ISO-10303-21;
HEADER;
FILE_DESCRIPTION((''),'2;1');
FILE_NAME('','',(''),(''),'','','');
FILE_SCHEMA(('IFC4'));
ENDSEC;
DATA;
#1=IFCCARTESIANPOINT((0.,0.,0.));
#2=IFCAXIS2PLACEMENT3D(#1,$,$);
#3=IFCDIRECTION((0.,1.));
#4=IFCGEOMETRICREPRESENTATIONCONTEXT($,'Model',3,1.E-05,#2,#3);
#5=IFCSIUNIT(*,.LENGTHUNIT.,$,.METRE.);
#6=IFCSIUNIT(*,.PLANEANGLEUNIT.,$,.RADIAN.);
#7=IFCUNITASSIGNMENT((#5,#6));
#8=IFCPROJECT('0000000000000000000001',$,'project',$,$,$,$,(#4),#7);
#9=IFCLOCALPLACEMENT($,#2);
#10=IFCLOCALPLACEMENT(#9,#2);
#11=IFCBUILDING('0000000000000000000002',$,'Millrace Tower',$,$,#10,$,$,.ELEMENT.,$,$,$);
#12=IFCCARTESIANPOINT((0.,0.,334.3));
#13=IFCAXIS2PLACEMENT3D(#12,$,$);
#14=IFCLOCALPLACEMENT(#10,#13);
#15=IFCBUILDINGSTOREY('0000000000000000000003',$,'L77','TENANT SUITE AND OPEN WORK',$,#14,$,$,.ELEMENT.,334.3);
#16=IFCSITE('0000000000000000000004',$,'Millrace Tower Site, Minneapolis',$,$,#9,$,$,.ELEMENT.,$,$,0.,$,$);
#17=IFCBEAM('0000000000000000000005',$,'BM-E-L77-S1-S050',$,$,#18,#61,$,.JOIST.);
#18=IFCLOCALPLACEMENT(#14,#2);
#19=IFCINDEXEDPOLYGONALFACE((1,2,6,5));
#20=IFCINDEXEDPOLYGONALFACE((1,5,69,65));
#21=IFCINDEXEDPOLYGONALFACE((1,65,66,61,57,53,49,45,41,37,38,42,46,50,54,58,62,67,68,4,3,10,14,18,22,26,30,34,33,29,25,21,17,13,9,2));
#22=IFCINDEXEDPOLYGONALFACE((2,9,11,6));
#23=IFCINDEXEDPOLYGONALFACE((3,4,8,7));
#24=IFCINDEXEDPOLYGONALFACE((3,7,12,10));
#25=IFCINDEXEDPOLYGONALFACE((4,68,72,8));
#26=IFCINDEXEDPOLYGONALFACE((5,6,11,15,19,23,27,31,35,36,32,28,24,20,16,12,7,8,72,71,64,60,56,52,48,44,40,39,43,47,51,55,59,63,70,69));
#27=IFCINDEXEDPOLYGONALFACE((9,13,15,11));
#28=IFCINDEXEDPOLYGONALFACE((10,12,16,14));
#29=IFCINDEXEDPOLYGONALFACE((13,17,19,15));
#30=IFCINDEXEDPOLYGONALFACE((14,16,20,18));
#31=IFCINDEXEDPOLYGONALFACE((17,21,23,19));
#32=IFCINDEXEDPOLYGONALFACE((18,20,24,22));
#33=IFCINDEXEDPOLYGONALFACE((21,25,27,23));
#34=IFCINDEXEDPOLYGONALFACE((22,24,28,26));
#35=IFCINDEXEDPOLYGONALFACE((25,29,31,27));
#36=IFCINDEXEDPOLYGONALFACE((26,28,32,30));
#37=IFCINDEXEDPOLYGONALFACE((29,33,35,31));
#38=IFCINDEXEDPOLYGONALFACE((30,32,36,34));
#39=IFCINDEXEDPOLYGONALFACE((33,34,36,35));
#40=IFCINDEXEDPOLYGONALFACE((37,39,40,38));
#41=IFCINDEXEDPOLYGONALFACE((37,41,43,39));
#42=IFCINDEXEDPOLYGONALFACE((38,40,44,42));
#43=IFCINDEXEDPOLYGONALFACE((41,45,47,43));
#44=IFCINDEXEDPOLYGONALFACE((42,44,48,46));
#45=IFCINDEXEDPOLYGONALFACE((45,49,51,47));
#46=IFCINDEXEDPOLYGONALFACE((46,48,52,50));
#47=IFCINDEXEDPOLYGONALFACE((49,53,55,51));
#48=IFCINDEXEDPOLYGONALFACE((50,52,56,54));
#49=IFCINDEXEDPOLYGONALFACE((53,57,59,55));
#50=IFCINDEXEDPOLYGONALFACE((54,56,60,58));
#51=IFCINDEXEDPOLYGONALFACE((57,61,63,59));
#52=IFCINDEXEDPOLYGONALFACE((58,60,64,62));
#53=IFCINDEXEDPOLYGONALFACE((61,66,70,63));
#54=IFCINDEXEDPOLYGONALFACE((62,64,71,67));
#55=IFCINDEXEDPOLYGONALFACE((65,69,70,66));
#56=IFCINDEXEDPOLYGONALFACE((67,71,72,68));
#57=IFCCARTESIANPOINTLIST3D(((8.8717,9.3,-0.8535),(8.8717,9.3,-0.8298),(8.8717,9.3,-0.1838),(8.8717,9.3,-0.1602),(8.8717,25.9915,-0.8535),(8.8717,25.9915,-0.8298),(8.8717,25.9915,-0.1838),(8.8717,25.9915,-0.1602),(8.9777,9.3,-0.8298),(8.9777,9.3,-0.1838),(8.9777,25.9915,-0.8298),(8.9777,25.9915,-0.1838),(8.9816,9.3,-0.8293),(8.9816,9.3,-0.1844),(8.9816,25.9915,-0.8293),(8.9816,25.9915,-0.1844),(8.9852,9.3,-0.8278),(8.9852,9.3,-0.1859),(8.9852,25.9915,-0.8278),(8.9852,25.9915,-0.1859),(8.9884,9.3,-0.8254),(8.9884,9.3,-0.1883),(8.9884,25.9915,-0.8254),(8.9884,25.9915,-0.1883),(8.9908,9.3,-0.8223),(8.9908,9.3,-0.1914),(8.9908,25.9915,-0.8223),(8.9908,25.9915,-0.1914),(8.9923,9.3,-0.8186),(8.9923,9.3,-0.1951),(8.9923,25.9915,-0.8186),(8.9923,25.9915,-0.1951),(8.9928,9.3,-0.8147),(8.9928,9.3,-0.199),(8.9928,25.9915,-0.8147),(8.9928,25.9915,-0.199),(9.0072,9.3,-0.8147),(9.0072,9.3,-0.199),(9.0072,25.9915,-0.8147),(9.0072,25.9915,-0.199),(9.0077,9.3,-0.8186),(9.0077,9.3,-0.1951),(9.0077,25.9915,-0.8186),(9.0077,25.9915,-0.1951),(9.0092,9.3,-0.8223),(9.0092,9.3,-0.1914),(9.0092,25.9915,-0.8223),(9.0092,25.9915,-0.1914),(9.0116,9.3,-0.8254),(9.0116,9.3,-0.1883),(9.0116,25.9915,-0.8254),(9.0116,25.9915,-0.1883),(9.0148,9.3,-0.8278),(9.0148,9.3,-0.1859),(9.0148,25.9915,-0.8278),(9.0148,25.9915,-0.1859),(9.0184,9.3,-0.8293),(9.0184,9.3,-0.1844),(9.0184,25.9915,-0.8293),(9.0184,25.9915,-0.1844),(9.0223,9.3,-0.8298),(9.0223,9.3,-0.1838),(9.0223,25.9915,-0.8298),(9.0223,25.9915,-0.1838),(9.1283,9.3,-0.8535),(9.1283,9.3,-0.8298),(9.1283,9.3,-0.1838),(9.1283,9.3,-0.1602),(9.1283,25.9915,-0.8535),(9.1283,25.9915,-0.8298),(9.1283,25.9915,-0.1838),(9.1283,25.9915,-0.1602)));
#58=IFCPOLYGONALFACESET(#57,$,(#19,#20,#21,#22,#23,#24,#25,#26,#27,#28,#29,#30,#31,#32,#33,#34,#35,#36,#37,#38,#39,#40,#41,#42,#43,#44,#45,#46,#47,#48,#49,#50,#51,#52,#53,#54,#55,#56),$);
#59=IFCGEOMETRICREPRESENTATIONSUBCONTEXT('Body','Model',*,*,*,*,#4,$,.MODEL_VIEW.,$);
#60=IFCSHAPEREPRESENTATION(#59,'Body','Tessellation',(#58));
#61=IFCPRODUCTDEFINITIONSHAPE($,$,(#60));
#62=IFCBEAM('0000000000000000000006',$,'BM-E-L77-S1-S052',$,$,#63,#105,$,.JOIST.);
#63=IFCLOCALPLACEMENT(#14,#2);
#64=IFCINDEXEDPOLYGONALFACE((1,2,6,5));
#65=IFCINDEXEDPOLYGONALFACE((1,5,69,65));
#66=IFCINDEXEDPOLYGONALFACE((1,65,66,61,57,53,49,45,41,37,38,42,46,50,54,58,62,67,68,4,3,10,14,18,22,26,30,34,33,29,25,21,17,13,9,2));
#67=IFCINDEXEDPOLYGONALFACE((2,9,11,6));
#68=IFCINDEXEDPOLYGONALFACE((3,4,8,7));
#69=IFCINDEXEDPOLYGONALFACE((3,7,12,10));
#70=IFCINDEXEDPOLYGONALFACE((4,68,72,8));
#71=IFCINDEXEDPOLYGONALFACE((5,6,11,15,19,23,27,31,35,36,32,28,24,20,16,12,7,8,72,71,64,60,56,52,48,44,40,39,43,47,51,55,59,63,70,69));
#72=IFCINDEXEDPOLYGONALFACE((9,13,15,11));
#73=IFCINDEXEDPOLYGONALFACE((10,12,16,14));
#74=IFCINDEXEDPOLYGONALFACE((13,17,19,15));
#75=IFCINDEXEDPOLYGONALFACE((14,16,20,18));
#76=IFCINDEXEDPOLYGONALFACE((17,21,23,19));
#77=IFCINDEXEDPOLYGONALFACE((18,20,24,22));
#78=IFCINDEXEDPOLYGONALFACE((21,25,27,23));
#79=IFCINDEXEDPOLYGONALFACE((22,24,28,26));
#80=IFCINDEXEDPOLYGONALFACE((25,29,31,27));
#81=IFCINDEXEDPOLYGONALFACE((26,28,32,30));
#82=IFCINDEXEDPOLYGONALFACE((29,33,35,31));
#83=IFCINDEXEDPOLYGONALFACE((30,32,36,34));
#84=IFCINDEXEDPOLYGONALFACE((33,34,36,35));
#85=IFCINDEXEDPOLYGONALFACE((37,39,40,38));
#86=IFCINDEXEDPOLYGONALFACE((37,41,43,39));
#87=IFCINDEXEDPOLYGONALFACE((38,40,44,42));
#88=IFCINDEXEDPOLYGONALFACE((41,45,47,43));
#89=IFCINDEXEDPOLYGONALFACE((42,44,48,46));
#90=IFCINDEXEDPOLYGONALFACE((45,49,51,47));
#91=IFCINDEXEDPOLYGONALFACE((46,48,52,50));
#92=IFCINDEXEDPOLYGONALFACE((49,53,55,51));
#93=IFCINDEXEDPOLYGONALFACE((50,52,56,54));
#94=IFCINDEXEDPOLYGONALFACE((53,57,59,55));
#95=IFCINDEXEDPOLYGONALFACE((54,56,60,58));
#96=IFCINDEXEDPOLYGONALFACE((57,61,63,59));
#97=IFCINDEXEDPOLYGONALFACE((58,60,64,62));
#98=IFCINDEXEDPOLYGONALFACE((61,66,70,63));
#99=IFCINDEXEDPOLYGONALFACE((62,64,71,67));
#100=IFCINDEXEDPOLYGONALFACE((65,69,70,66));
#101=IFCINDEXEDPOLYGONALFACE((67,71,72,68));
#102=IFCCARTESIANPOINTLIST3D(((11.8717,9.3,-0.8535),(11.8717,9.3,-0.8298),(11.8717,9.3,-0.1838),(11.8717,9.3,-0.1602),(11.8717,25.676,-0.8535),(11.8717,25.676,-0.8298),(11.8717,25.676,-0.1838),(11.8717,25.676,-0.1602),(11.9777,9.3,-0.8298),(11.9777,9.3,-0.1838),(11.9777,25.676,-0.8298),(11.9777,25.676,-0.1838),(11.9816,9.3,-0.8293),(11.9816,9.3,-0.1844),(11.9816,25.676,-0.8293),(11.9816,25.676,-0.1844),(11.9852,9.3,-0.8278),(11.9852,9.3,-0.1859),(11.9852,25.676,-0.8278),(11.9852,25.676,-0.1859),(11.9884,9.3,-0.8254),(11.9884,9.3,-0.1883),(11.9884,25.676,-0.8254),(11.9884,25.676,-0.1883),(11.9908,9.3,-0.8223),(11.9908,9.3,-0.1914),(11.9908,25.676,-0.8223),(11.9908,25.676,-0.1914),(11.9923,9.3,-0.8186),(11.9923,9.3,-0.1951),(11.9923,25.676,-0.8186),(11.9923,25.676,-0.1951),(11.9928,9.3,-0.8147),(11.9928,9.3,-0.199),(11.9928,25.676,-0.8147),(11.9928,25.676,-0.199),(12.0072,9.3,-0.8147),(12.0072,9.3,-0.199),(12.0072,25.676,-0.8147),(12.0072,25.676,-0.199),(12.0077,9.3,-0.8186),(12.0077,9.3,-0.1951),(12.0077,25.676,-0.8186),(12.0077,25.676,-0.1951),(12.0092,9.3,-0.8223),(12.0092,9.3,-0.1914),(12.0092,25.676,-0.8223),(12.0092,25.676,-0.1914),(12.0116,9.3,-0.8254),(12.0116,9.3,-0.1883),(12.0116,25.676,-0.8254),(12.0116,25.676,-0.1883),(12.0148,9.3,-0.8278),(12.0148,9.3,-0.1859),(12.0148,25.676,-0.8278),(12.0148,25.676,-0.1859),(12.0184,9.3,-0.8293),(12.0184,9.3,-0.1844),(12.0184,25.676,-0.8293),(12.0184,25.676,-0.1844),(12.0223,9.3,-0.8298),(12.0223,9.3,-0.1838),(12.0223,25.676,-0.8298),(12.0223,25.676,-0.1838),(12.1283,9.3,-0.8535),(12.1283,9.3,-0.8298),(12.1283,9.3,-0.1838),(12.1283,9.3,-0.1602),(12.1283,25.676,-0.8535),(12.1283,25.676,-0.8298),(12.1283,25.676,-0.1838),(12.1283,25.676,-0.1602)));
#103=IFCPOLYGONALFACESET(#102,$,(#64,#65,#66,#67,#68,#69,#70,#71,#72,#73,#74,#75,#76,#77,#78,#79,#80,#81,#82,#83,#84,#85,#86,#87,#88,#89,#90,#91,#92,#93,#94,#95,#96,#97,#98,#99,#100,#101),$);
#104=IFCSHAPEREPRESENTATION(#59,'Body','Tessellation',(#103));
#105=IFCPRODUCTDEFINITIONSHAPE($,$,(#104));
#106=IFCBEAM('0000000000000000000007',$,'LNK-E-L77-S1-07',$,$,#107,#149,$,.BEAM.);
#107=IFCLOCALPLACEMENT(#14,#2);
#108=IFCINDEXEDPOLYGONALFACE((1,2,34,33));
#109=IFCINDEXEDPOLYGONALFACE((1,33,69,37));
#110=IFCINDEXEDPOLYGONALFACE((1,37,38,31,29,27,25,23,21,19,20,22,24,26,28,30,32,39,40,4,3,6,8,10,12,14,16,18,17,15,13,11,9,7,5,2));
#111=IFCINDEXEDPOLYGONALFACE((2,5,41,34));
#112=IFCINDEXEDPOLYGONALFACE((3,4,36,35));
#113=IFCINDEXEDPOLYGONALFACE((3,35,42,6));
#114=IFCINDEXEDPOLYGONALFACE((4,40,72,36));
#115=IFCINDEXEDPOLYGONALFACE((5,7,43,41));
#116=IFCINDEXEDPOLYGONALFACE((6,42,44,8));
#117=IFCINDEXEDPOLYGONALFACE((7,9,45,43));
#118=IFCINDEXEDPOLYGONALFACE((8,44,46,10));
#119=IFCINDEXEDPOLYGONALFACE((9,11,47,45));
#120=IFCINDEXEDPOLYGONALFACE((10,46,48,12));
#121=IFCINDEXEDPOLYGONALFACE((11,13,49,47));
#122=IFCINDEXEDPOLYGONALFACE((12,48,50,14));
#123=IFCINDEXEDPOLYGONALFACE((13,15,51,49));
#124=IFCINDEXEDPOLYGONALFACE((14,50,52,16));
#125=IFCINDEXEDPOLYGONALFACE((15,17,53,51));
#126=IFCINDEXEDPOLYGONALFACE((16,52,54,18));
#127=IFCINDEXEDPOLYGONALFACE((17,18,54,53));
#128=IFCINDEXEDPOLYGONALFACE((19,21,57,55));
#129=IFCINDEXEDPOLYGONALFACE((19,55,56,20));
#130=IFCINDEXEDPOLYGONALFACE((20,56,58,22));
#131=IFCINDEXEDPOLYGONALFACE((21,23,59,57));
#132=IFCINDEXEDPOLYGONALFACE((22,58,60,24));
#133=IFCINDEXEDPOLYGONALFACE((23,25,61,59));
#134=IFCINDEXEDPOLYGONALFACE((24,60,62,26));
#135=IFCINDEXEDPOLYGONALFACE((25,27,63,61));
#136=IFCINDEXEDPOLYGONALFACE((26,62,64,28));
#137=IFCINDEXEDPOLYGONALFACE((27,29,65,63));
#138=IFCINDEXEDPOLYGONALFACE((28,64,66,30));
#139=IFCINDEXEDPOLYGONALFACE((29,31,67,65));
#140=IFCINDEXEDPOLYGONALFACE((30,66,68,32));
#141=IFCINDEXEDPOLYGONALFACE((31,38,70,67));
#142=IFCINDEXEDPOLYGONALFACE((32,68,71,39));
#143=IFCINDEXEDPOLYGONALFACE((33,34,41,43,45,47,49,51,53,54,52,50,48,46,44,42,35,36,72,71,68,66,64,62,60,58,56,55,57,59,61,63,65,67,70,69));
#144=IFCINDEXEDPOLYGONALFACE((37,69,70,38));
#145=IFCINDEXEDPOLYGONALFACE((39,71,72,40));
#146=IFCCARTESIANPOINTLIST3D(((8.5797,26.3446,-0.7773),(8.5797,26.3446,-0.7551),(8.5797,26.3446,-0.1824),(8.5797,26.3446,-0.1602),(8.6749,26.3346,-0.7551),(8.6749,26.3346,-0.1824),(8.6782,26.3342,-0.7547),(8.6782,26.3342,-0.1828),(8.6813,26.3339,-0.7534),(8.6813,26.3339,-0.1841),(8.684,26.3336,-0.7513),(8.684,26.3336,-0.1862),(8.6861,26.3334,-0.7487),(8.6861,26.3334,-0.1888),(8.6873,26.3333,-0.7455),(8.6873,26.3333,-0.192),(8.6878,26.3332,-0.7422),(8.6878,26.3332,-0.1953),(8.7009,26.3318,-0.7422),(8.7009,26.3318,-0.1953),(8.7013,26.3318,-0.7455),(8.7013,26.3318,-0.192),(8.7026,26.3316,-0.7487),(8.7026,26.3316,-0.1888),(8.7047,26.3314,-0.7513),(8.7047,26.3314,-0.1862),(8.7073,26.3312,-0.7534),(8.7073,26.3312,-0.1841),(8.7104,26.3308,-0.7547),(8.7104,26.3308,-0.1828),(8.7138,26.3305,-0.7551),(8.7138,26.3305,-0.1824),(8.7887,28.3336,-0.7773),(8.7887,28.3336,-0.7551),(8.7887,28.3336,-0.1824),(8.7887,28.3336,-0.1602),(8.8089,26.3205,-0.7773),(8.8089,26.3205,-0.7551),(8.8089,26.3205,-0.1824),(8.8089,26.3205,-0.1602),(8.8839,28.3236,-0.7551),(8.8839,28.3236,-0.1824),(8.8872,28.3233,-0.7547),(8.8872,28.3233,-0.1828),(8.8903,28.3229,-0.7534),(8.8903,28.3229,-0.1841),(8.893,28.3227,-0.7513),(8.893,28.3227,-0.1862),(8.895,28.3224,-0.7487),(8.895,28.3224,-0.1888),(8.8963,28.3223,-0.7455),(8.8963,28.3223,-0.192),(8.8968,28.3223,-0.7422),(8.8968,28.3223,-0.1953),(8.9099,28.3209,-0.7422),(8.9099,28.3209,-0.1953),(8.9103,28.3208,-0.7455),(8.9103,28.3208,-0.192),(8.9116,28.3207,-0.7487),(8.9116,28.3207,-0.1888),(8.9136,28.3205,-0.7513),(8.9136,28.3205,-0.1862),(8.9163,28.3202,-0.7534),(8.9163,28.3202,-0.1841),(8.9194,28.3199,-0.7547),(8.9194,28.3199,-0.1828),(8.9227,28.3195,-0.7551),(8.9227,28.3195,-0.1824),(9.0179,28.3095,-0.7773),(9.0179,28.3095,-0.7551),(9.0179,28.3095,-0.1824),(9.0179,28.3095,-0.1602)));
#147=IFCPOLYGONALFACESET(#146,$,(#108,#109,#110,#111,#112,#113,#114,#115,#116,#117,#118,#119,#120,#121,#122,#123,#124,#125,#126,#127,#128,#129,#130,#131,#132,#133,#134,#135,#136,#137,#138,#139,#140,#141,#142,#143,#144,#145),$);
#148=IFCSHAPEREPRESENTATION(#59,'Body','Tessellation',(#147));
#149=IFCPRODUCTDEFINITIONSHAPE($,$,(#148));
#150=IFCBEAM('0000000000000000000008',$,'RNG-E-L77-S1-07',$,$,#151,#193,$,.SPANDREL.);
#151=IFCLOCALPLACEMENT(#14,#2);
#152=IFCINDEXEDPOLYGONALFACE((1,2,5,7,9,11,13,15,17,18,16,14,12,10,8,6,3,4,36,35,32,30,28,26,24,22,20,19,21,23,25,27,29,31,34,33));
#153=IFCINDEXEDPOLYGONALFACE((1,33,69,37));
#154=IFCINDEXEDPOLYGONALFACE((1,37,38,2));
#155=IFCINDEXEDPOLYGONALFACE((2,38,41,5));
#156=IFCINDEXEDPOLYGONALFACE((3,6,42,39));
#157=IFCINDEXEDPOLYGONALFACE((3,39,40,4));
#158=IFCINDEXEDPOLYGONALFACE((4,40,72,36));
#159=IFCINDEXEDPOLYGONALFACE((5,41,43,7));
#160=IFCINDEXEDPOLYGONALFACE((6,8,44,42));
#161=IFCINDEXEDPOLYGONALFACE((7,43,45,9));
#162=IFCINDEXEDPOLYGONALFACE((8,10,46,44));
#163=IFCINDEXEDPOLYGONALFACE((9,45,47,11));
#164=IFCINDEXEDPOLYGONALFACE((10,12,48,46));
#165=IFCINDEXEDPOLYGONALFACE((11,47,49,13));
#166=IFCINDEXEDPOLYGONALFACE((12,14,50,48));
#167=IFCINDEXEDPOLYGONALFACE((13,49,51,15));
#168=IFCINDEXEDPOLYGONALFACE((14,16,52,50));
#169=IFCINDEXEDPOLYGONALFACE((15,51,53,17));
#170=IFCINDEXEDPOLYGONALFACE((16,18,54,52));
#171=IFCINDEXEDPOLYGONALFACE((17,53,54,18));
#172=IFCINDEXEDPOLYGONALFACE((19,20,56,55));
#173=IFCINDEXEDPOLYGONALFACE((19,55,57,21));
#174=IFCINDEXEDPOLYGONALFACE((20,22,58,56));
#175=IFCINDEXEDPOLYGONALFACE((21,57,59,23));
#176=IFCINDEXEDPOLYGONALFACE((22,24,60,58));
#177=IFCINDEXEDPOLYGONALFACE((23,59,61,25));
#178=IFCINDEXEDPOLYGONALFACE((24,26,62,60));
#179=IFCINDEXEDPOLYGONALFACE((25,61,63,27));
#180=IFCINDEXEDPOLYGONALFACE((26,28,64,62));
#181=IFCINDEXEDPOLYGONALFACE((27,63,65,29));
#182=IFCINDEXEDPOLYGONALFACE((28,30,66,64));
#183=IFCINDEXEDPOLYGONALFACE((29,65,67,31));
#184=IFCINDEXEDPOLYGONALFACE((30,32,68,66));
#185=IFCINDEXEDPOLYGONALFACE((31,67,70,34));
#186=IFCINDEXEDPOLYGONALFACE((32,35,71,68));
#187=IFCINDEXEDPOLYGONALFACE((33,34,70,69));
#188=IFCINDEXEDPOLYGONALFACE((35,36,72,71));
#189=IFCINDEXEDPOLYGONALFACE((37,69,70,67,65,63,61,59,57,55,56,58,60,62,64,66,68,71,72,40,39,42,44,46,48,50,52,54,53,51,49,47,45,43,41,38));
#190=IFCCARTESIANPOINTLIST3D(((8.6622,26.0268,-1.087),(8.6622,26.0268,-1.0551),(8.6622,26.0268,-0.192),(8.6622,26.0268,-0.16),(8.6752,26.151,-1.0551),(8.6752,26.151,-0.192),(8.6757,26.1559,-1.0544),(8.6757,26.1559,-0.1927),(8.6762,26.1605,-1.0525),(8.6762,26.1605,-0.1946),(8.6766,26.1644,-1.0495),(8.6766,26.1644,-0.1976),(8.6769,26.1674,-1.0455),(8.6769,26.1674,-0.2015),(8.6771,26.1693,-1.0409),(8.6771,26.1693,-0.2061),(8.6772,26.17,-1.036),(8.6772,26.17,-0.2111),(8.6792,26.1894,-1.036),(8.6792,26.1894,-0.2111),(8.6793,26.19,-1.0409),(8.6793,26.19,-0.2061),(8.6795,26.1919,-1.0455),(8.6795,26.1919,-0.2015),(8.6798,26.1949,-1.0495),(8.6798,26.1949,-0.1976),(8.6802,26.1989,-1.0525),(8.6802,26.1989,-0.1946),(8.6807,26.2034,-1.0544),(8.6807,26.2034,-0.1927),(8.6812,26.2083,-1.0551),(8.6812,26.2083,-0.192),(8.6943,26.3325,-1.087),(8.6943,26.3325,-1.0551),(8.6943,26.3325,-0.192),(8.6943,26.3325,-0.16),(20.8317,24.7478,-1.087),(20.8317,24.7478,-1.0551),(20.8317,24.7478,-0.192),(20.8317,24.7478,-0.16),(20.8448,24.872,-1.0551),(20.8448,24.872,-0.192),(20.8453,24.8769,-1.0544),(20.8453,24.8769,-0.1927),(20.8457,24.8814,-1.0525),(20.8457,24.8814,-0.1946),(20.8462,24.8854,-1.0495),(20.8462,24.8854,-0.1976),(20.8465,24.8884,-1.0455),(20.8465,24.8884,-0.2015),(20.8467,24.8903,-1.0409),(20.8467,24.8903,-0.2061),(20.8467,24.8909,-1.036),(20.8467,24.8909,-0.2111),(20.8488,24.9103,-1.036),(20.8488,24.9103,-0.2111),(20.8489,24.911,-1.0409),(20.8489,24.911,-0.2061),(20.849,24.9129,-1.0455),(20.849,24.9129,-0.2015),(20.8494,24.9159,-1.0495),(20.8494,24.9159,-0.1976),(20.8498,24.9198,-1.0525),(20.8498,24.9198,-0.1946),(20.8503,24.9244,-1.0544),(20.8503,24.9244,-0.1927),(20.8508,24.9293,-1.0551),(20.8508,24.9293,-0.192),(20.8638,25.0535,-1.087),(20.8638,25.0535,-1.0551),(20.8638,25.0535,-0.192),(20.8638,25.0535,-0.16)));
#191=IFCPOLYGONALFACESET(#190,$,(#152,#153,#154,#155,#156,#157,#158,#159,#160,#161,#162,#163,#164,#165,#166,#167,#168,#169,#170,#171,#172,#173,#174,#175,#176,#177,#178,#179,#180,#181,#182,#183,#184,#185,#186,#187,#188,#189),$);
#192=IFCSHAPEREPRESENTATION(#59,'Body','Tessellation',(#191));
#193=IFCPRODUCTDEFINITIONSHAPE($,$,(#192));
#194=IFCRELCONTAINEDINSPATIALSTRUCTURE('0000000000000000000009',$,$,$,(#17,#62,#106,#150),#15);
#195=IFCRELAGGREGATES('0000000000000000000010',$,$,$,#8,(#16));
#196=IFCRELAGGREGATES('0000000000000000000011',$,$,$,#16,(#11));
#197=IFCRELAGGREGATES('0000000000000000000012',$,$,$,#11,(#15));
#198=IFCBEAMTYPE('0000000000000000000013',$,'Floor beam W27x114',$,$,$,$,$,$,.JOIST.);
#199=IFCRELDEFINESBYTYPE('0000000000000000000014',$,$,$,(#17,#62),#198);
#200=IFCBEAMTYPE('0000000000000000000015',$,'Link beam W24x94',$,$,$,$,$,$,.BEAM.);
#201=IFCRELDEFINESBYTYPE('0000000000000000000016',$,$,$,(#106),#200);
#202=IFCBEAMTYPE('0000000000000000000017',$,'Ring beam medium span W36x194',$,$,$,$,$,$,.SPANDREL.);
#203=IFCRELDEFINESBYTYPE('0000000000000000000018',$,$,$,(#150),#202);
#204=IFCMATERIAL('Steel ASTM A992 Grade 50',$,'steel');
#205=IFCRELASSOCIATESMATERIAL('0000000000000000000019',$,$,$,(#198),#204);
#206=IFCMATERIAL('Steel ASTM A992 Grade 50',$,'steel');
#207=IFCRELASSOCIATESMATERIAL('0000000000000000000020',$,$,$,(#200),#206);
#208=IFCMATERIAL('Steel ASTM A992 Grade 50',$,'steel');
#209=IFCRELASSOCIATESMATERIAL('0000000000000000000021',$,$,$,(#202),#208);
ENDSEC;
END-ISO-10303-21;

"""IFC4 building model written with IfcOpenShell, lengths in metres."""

from ifc_helpers import new_model, si_unit, direction, frame, origin, origin_2d, place, context, subcontext, project, spatial, i_section, extrude, material, material_profile, profile_set, type_object, element, save


model = new_model("IFC4")

# Units and contexts
model_context = context("Model", 3, precision=1e-05, world=origin(), true_north=direction((0.0, 1.0)))
body_context = subcontext(model_context, "Body", "Model", "MODEL_VIEW")
ifc_project = project(units=[si_unit("LENGTHUNIT", "METRE"), si_unit("PLANEANGLEUNIT", "RADIAN")], contexts=[model_context])

# Site, building, storey
site_placement = place(None, origin())
site = spatial("IfcSite", under=ifc_project, at=site_placement, Name="Millrace Tower Site, Minneapolis", CompositionType="ELEMENT", RefElevation=0.0)
building_placement = place(site_placement, origin())
building = spatial("IfcBuilding", under=site, at=building_placement, Name="Millrace Tower", CompositionType="ELEMENT")
storey_placement = place(building_placement, frame((0.0, 0.0, 334.3)))
storey = spatial("IfcBuildingStorey", under=building, at=storey_placement, Name="L77", Description="TENANT SUITE AND OPEN WORK", CompositionType="ELEMENT", Elevation=334.3)

# Beams
ifc_material_1 = material(Name="Steel ASTM A992 Grade 50", Category="steel")
ifc_material_profile_1 = material_profile(ifc_material_1, i_section(OverallWidth=0.2566, OverallDepth=0.6934, WebThickness=0.0144, FlangeThickness=0.0237, FilletRadius=0.0151, at=origin_2d()))
ifc_profile_set_1 = profile_set([ifc_material_profile_1], Name="Steel ASTM A992 Grade 50")
beam_type_1 = type_object("IfcBeamType", Name="Floor beam W27x114", PredefinedType="JOIST", material=ifc_profile_set_1)
beam_1_placement = place(storey_placement, frame((9.0, 9.3, -0.5068), z_axis=(0.0, 1.0, 0.0), x_axis=(-1.0, 0.0, 0.0)))
element("IfcBeam", 1, at=beam_1_placement, inside=storey, type_object=beam_type_1, Name="BM-E-L77-S1-S050", PredefinedType="JOIST", context=body_context, shape_type="SweptSolid", body=[
    extrude(i_section(OverallWidth=0.2566, OverallDepth=0.6934, WebThickness=0.0144, FlangeThickness=0.0237, FilletRadius=0.0151, at=origin_2d()), origin(), (0.0, 0.0, 1.0), 16.6914),
])
beam_2_placement = place(storey_placement, frame((12.0, 9.3, -0.5068), z_axis=(0.0, 1.0, 0.0), x_axis=(-1.0, 0.0, 0.0)))
element("IfcBeam", 2, at=beam_2_placement, inside=storey, type_object=beam_type_1, Name="BM-E-L77-S1-S052", PredefinedType="JOIST", context=body_context, shape_type="SweptSolid", body=[
    extrude(i_section(OverallWidth=0.2566, OverallDepth=0.6934, WebThickness=0.0144, FlangeThickness=0.0237, FilletRadius=0.0151, at=origin_2d()), origin(), (0.0, 0.0, 1.0), 16.376),
])
ifc_material_2 = material(Name="Steel ASTM A992 Grade 50", Category="steel")
ifc_material_profile_2 = material_profile(ifc_material_2, i_section(OverallWidth=0.2305, OverallDepth=0.6172, WebThickness=0.0132, FlangeThickness=0.0222, FilletRadius=0.0129, at=origin_2d()))
ifc_profile_set_2 = profile_set([ifc_material_profile_2], Name="Steel ASTM A992 Grade 50")
beam_type_2 = type_object("IfcBeamType", Name="Link beam W24x94", PredefinedType="BEAM", material=ifc_profile_set_2)
beam_3_placement = place(storey_placement, frame((8.6943, 26.3325, -0.4688), z_axis=(0.104494, 0.994526, 0.0), x_axis=(-0.994526, 0.104494, 0.0)))
element("IfcBeam", 3, at=beam_3_placement, inside=storey, type_object=beam_type_2, Name="LNK-E-L77-S1-07", PredefinedType="BEAM", context=body_context, shape_type="SweptSolid", body=[
    extrude(i_section(OverallWidth=0.2305, OverallDepth=0.6172, WebThickness=0.0132, FlangeThickness=0.0222, FilletRadius=0.0129, at=origin_2d()), origin(), (0.0, 0.0, 1.0), 2.0),
])
ifc_material_3 = material(Name="Steel ASTM A992 Grade 50", Category="steel")
ifc_material_profile_3 = material_profile(ifc_material_3, i_section(OverallWidth=0.3074, OverallDepth=0.927, WebThickness=0.0195, FlangeThickness=0.032, FilletRadius=0.019, at=origin_2d()))
ifc_profile_set_3 = profile_set([ifc_material_profile_3], Name="Steel ASTM A992 Grade 50")
beam_type_3 = type_object("IfcBeamType", Name="Ring beam medium span W36x194", PredefinedType="SPANDREL", material=ifc_profile_set_3)
beam_4_placement = place(storey_placement, frame((8.6782, 26.1797, -0.6235), z_axis=(0.994522, -0.104528, 0.0), x_axis=(0.104528, 0.994522, 0.0)))
element("IfcBeam", 4, at=beam_4_placement, inside=storey, type_object=beam_type_3, Name="RNG-E-L77-S1-07", PredefinedType="SPANDREL", context=body_context, shape_type="SweptSolid", body=[
    extrude(i_section(OverallWidth=0.3074, OverallDepth=0.927, WebThickness=0.0195, FlangeThickness=0.032, FilletRadius=0.019, at=origin_2d()), origin(), (0.0, 0.0, 1.0), 12.2366),
])

save(model, "model.ifc")
